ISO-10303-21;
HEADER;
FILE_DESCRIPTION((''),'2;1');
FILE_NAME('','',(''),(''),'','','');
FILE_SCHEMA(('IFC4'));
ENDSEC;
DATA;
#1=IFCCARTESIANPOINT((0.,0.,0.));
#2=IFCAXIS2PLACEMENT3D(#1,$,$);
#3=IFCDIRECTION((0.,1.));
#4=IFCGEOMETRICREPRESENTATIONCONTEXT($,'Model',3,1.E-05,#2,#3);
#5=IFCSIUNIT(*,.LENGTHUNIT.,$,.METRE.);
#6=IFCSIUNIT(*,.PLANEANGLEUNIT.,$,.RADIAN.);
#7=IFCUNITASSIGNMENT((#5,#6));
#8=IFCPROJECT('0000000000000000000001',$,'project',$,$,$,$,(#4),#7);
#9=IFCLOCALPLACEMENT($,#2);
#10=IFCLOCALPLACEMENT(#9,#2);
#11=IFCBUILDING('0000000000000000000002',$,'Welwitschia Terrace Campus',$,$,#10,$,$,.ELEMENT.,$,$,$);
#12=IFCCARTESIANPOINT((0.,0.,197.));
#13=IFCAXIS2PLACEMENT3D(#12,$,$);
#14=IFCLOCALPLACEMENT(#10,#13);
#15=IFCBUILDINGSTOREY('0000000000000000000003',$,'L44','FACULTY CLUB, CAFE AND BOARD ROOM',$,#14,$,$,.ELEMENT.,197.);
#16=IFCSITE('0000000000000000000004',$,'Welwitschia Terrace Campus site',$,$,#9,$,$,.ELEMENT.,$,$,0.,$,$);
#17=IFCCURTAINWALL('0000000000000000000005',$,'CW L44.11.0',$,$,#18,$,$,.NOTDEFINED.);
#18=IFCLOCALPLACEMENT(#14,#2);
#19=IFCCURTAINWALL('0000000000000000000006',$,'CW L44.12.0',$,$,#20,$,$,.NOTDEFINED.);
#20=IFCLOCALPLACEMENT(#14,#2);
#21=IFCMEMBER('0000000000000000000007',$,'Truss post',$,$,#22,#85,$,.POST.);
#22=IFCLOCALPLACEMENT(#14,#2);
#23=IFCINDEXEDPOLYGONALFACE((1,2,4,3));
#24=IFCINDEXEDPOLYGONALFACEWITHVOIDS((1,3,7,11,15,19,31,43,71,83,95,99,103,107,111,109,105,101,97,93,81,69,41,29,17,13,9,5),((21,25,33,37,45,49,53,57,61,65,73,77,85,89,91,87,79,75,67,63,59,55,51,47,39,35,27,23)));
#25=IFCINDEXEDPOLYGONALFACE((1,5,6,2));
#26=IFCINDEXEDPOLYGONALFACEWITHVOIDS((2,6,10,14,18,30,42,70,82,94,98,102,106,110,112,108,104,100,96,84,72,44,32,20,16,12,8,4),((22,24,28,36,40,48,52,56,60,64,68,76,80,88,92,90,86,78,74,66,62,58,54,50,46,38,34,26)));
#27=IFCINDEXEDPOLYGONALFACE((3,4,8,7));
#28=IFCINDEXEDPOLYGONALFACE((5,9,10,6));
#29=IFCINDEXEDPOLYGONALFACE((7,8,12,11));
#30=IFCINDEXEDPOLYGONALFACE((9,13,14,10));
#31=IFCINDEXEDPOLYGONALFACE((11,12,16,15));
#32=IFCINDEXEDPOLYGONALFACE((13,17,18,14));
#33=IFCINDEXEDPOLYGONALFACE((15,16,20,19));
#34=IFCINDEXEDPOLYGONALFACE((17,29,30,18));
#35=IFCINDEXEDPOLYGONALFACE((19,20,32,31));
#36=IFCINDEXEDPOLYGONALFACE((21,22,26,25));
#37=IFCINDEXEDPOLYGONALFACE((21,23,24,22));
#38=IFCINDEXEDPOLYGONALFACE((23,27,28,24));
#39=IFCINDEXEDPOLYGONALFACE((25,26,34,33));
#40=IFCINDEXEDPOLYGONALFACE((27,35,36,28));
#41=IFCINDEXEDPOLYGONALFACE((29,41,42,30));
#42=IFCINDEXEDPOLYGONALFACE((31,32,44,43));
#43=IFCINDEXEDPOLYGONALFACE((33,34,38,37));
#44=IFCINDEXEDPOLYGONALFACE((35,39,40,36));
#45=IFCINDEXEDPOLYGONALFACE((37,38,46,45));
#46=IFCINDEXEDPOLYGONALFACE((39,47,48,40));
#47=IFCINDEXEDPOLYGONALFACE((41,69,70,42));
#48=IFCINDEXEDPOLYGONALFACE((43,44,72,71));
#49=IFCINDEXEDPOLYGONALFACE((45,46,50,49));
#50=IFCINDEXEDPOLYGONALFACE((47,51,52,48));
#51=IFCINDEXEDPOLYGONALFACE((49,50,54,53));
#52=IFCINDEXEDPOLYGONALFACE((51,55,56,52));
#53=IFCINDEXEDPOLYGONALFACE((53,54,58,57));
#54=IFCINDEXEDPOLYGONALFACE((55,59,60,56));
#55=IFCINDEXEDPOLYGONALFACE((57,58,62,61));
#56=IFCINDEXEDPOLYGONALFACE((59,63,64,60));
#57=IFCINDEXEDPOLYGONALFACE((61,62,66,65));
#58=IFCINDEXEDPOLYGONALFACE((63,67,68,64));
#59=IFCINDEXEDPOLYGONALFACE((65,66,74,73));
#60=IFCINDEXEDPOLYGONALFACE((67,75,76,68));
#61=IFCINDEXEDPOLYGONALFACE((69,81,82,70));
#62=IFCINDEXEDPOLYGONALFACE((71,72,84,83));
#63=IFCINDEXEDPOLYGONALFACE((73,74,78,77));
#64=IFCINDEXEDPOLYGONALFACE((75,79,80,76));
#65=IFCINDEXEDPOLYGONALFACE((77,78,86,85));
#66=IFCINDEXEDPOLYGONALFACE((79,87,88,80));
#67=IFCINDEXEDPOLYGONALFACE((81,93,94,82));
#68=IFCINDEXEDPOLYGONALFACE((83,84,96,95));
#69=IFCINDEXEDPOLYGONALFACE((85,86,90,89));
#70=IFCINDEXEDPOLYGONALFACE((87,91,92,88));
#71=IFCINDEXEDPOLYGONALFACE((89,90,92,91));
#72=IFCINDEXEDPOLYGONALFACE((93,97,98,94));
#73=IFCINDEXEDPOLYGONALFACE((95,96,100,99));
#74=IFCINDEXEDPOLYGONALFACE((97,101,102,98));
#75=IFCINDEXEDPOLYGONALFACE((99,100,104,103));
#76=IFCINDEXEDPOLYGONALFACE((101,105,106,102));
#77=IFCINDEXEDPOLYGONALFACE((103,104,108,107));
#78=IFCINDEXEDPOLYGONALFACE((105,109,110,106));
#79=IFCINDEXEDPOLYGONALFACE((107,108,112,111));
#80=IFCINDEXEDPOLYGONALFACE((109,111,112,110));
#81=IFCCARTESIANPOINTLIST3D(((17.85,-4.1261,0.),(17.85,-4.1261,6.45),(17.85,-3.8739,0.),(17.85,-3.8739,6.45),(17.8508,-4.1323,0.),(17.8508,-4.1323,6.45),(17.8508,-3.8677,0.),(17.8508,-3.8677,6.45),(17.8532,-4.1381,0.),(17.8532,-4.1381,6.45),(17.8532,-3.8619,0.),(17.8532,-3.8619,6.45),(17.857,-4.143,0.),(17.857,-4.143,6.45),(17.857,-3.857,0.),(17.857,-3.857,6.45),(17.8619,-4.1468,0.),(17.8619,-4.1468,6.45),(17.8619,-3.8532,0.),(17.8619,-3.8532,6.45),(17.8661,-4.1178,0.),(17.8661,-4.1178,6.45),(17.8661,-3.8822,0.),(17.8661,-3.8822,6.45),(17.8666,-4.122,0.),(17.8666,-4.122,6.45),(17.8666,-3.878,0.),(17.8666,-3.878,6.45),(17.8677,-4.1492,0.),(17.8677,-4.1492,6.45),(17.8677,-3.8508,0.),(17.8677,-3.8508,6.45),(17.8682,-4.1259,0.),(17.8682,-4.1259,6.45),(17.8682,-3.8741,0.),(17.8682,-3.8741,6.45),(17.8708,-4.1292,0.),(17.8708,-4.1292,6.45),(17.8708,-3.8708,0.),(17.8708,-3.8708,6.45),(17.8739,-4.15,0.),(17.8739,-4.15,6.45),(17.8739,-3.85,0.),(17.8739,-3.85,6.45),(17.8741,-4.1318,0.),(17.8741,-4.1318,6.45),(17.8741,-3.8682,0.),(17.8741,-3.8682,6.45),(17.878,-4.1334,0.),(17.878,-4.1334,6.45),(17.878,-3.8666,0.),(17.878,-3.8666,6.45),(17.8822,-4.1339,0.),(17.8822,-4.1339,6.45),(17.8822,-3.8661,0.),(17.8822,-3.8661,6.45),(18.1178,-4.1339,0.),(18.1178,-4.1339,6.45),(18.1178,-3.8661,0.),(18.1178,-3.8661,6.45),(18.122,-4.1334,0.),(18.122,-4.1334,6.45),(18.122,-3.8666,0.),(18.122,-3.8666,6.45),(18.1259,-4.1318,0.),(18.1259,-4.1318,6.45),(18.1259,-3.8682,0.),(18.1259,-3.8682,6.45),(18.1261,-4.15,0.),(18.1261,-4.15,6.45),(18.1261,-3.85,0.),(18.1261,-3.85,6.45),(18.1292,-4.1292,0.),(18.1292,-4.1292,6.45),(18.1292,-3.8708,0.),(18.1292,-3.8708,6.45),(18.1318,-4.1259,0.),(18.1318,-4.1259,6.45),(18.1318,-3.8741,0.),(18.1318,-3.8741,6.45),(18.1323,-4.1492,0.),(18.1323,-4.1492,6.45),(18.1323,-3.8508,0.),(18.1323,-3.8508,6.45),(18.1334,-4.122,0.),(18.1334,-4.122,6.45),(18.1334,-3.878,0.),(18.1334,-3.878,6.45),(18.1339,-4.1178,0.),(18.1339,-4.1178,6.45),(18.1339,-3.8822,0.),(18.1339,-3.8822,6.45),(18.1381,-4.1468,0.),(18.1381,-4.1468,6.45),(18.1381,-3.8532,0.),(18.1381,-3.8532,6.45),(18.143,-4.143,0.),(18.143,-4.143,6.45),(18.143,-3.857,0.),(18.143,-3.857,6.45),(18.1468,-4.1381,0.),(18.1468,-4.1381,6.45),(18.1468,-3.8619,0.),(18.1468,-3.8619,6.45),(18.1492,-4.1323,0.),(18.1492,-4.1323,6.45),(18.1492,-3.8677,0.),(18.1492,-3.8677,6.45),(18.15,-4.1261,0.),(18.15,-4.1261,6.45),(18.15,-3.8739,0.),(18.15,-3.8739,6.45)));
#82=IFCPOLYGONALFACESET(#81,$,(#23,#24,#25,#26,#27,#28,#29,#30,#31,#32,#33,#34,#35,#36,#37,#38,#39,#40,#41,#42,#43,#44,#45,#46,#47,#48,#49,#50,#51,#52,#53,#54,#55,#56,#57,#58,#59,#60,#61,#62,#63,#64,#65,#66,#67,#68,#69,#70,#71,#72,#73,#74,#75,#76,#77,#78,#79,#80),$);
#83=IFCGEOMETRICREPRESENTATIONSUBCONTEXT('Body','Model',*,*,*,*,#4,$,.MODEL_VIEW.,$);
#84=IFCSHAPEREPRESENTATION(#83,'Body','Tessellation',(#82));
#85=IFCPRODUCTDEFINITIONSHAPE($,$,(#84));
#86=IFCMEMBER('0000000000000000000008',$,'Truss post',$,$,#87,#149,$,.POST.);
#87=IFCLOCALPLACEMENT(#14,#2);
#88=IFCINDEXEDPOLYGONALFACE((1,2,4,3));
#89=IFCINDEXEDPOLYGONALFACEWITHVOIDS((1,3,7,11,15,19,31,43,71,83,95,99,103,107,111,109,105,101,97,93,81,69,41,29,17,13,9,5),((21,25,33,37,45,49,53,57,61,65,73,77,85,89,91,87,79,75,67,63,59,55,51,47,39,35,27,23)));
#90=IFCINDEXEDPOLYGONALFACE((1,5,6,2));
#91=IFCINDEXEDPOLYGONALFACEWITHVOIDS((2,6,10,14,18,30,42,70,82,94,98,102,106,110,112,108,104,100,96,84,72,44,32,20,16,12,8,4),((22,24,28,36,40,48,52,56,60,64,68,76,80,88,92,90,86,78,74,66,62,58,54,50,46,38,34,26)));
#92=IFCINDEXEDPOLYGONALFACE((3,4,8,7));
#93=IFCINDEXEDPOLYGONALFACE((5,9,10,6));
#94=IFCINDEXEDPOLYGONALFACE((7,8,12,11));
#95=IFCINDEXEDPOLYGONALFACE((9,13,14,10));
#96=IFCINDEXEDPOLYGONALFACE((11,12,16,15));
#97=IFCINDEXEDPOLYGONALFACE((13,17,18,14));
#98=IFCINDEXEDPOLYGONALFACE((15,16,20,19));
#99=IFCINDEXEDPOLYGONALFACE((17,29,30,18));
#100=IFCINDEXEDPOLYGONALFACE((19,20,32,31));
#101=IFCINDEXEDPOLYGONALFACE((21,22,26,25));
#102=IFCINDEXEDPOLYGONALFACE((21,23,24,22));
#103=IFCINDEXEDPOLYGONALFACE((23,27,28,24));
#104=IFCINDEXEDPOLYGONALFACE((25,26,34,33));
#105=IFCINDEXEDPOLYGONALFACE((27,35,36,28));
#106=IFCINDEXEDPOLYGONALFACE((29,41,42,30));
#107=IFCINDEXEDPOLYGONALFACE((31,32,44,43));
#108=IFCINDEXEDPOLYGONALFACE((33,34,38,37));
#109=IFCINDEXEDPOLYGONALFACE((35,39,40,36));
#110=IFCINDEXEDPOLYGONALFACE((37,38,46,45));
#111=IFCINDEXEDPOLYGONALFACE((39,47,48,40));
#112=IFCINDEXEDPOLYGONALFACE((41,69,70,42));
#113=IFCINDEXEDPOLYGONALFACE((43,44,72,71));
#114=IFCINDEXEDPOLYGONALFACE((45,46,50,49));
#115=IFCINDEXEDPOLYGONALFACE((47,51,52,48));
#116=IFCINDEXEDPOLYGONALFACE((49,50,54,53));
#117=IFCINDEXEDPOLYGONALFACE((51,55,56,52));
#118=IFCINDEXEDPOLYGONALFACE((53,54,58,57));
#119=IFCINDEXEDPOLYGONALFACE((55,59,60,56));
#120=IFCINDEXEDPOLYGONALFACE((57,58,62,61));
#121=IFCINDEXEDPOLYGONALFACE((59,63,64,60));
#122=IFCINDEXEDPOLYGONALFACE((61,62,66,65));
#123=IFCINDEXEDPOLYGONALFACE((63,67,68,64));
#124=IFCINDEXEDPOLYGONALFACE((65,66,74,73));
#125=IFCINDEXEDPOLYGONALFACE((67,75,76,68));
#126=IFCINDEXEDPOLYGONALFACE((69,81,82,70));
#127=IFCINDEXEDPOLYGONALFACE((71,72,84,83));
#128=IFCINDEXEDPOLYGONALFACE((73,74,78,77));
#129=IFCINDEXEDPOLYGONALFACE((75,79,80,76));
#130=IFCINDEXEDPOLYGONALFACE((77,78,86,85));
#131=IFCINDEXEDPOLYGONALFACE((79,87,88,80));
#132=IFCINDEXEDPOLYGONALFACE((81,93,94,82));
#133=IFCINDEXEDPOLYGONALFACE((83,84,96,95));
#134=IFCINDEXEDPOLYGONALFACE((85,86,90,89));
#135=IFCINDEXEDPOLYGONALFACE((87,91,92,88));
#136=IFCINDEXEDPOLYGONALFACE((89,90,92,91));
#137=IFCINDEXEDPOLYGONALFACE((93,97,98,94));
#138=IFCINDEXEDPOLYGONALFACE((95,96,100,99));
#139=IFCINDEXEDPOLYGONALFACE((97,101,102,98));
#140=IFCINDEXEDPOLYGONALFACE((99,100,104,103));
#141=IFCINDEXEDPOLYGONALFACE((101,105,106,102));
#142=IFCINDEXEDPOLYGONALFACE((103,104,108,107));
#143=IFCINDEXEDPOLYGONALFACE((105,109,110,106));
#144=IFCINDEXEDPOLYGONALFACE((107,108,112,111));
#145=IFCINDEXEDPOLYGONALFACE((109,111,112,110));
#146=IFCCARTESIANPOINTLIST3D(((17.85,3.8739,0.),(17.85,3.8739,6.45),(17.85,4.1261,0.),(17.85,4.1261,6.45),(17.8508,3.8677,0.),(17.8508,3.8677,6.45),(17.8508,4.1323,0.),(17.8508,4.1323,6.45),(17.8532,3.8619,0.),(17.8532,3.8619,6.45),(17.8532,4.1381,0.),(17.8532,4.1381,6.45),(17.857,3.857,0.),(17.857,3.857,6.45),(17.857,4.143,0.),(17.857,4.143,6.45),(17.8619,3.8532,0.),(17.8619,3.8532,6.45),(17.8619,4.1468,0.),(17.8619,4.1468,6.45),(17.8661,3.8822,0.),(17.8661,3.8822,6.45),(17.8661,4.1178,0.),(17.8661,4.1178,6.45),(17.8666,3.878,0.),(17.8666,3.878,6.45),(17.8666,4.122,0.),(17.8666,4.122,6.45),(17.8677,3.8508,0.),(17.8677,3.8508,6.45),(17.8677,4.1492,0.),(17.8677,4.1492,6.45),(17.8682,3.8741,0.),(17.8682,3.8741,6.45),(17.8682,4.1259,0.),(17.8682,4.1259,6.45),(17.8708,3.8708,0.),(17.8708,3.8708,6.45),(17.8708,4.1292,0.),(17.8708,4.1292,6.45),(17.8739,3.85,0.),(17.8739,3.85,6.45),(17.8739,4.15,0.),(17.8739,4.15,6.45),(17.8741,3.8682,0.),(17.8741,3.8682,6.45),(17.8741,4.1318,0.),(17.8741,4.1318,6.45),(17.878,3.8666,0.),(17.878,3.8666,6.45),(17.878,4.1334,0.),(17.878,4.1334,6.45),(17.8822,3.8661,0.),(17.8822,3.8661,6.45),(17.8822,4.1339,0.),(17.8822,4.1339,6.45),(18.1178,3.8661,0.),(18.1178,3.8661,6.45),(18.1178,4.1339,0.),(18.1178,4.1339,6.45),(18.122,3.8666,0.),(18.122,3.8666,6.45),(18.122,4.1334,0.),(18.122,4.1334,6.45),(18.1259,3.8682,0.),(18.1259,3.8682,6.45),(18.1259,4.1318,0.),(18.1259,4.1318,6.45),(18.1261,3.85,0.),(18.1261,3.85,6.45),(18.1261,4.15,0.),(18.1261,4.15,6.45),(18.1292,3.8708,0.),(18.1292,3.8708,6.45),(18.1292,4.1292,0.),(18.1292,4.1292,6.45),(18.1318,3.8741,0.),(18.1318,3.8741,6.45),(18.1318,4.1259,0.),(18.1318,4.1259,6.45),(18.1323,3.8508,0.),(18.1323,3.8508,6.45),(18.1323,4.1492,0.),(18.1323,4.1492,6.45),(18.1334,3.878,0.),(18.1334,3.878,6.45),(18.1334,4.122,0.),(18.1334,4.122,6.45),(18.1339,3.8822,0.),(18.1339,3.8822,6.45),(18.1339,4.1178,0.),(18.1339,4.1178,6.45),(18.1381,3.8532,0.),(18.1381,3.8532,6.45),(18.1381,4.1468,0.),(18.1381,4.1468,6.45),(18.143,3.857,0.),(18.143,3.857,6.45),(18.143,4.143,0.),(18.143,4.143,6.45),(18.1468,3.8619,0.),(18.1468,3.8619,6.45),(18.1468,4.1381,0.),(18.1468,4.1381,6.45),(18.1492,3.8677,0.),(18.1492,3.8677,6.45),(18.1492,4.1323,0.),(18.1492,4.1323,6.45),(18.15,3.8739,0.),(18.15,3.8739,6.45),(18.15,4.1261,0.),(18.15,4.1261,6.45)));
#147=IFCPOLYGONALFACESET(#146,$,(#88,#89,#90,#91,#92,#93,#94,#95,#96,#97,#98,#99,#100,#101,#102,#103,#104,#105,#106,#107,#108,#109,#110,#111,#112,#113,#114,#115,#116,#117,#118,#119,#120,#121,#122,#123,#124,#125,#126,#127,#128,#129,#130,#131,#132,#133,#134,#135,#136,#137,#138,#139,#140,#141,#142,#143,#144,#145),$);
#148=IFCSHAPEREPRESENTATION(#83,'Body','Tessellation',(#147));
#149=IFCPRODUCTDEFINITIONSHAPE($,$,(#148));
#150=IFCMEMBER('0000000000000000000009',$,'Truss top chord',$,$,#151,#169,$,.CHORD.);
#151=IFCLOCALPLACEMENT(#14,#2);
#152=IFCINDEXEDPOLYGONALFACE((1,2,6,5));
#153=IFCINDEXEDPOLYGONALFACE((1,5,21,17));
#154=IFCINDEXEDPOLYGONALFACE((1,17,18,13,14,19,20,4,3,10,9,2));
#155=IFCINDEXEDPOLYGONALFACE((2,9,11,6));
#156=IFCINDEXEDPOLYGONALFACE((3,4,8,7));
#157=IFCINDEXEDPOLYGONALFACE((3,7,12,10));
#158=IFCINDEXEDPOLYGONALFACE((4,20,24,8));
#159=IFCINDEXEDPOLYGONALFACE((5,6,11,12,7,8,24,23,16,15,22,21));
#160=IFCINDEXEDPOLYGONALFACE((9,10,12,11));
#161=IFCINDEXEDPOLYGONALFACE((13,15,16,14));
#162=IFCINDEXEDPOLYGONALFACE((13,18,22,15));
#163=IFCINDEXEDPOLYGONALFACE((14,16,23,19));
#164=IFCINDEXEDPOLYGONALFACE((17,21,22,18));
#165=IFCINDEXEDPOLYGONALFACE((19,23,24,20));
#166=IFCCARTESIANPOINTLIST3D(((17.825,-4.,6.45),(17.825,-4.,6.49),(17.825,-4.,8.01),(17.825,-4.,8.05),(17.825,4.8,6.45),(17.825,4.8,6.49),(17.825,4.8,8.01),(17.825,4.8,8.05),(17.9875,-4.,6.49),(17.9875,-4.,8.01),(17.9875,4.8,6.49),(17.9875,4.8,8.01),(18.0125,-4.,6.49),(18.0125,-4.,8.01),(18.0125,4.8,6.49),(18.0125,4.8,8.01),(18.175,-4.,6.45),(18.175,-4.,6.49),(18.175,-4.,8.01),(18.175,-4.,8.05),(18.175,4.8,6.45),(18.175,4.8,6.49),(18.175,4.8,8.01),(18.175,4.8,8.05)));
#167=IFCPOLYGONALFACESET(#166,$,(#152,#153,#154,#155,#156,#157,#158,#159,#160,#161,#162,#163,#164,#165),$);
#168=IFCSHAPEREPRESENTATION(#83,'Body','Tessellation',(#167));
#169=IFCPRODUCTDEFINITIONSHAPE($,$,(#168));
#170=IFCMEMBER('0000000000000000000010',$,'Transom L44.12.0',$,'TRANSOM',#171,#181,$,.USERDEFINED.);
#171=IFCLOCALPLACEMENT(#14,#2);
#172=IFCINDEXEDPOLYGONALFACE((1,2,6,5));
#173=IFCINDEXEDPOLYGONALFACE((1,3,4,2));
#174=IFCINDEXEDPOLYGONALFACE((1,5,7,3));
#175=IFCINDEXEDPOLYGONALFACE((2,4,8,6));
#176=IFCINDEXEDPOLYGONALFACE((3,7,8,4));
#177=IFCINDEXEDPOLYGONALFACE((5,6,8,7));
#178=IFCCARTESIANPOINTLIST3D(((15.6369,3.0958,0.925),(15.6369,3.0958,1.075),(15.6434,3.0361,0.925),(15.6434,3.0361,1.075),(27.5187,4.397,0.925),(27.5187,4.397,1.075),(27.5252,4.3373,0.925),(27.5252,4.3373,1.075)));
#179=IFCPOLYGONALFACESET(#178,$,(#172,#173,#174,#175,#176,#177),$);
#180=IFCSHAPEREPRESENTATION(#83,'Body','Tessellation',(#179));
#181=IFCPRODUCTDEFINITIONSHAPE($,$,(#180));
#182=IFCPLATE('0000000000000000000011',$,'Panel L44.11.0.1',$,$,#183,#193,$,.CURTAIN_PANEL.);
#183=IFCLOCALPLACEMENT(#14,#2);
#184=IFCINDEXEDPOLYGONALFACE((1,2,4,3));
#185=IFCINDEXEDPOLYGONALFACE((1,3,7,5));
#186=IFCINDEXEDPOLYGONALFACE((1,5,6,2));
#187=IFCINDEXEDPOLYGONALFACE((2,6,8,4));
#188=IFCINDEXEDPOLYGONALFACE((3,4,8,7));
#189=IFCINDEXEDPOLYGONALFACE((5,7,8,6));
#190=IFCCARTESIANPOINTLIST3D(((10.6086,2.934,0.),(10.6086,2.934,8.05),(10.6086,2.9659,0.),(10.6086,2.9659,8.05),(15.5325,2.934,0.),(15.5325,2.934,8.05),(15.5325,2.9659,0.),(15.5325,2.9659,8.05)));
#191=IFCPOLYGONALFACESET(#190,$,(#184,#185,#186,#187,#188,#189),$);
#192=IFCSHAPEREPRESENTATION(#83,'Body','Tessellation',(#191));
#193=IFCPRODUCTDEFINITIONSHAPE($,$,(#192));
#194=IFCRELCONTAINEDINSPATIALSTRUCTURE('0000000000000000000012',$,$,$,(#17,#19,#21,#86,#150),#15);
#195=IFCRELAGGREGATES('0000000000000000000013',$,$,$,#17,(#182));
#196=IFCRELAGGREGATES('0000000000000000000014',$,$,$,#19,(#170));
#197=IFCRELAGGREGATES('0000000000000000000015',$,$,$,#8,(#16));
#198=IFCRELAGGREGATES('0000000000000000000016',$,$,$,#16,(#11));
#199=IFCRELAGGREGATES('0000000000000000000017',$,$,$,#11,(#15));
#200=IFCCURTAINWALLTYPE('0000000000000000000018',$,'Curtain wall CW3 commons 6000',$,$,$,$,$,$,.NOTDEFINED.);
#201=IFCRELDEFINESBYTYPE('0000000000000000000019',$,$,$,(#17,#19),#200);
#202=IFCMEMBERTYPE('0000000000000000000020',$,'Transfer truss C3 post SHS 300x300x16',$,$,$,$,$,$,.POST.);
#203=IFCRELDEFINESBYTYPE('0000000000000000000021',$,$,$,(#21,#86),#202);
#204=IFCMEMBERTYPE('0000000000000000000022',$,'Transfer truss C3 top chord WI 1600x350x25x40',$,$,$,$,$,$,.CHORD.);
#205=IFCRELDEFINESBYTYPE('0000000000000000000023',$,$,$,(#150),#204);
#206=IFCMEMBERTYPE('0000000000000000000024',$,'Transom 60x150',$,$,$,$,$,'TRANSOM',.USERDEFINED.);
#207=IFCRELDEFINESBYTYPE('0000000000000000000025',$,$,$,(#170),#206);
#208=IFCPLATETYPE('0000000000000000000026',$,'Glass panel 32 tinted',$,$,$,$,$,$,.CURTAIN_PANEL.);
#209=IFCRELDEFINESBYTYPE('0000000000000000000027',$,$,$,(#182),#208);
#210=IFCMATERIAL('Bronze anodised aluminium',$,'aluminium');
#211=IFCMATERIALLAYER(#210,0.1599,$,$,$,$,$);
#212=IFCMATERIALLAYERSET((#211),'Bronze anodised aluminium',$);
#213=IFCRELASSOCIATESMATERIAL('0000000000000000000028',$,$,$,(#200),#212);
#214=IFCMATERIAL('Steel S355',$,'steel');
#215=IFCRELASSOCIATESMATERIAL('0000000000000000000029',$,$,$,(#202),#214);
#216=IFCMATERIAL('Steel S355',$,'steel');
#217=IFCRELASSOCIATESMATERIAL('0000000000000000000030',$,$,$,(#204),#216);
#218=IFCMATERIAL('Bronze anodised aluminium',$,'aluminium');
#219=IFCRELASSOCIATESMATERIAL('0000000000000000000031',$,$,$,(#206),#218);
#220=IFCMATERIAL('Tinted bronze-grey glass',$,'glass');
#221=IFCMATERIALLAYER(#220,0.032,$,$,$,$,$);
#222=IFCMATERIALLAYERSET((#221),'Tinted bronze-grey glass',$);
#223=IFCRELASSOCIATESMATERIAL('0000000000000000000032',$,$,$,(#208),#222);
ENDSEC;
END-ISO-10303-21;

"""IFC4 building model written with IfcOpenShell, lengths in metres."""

from ifc_helpers import new_model, si_unit, direction, frame, origin, origin_2d, place, context, subcontext, project, spatial, rectangle, hollow_rectangle, i_section, extrude, material, layer, layer_set, material_profile, profile_set, type_object, element, aggregate, save


model = new_model("IFC4")

# Units and contexts
model_context = context("Model", 3, precision=1e-05, world=origin(), true_north=direction((0.0, 1.0)))
body_context = subcontext(model_context, "Body", "Model", "MODEL_VIEW")
ifc_project = project(units=[si_unit("LENGTHUNIT", "METRE"), si_unit("PLANEANGLEUNIT", "RADIAN")], contexts=[model_context])

# Site, building, storey
site_placement = place(None, origin())
site = spatial("IfcSite", under=ifc_project, at=site_placement, Name="Welwitschia Terrace Campus site", CompositionType="ELEMENT", RefElevation=0.0)
building_placement = place(site_placement, origin())
building = spatial("IfcBuilding", under=site, at=building_placement, Name="Welwitschia Terrace Campus", CompositionType="ELEMENT")
storey_placement = place(building_placement, frame((0.0, 0.0, 197.0)))
storey = spatial("IfcBuildingStorey", under=building, at=storey_placement, Name="L44", Description="FACULTY CLUB, CAFE AND BOARD ROOM", CompositionType="ELEMENT", Elevation=197.0)

# Curtain wall
ifc_material_1 = material(Name="Bronze anodised aluminium", Category="aluminium")
ifc_layer_1 = layer(ifc_material_1, 0.1599)
ifc_layer_set_1 = layer_set([ifc_layer_1], Name="Bronze anodised aluminium")
curtain_wall_type = type_object("IfcCurtainWallType", Name="Curtain wall CW3 commons 6000", PredefinedType="NOTDEFINED", material=ifc_layer_set_1)
curtain_wall_1_placement = place(storey_placement, origin())
curtain_wall_1 = element("IfcCurtainWall", 1, at=curtain_wall_1_placement, inside=storey, type_object=curtain_wall_type, Name="CW L44.11.0", PredefinedType="NOTDEFINED")

# Curtain wall
curtain_wall_2_placement = place(storey_placement, origin())
curtain_wall_2 = element("IfcCurtainWall", 2, at=curtain_wall_2_placement, inside=storey, type_object=curtain_wall_type, Name="CW L44.12.0", PredefinedType="NOTDEFINED")

# Members
ifc_material_2 = material(Name="Steel S355", Category="steel")
ifc_material_profile_1 = material_profile(ifc_material_2, hollow_rectangle(XDim=0.3, YDim=0.3, WallThickness=0.0161, InnerFilletRadius=0.0161, OuterFilletRadius=0.0239, at=origin_2d()))
ifc_profile_set_1 = profile_set([ifc_material_profile_1], Name="Steel S355")
member_type_1 = type_object("IfcMemberType", Name="Transfer truss C3 post SHS 300x300x16", PredefinedType="POST", material=ifc_profile_set_1)
for number, where, z_axis, x_axis, name in (
    (3, (18.0, -4.0, 0.0), (0.0, 0.0, 1.0), (1.0, 0.0, 0.0), "Truss post"),
    (4, (18.0, 4.0, 0.0), (0.0, 0.0, 1.0), (1.0, 0.0, 0.0), "Truss post"),
):
    element("IfcMember", number, at=place(storey_placement, frame(where, z_axis=z_axis, x_axis=x_axis)), inside=storey, type_object=member_type_1, Name=name, PredefinedType="POST", context=body_context, shape_type="SweptSolid", body=[
        extrude(hollow_rectangle(XDim=0.3, YDim=0.3, WallThickness=0.0161, InnerFilletRadius=0.0161, OuterFilletRadius=0.0239, at=origin_2d()), origin(), (0.0, 0.0, 1.0), 6.45),
    ])
ifc_material_3 = material(Name="Steel S355", Category="steel")
ifc_material_profile_2 = material_profile(ifc_material_3, i_section(OverallWidth=0.3501, OverallDepth=1.6001, WebThickness=0.0249, FlangeThickness=0.04, at=origin_2d()))
ifc_profile_set_2 = profile_set([ifc_material_profile_2], Name="Steel S355")
member_type_2 = type_object("IfcMemberType", Name="Transfer truss C3 top chord WI 1600x350x25x40", PredefinedType="CHORD", material=ifc_profile_set_2)
member_1_placement = place(storey_placement, frame((18.0, -4.0, 7.25), z_axis=(0.0, 1.0, 0.0), x_axis=(-1.0, 0.0, 0.0)))
element("IfcMember", 5, at=member_1_placement, inside=storey, type_object=member_type_2, Name="Truss top chord", PredefinedType="CHORD", context=body_context, shape_type="SweptSolid", body=[
    extrude(i_section(OverallWidth=0.3501, OverallDepth=1.6001, WebThickness=0.0249, FlangeThickness=0.04, at=origin_2d()), origin(), (0.0, 0.0, 1.0), 8.8),
])

# Member
ifc_material_4 = material(Name="Bronze anodised aluminium", Category="aluminium")
ifc_material_profile_3 = material_profile(ifc_material_4, rectangle(XDim=0.0601, YDim=0.1499, at=origin_2d()))
ifc_profile_set_3 = profile_set([ifc_material_profile_3], Name="Bronze anodised aluminium")
member_type_3 = type_object("IfcMemberType", Name="Transom 60x150", ElementType="TRANSOM", PredefinedType="USERDEFINED", material=ifc_profile_set_3)
member_2_placement = place(storey_placement, frame((15.6401, 3.0659, 1.0), z_axis=(0.994056, 0.108867, 0.0), x_axis=(-0.108867, 0.994056, 0.0)))
member_2 = element("IfcMember", 6, at=member_2_placement, type_object=member_type_3, Name="Transom L44.12.0", ObjectType="TRANSOM", PredefinedType="USERDEFINED", context=body_context, shape_type="SweptSolid", body=[
    extrude(rectangle(XDim=0.0601, YDim=0.1499, at=origin_2d()), origin(), (0.0, 0.0, 1.0), 11.9529),
])

# Plate
ifc_material_5 = material(Name="Tinted bronze-grey glass", Category="glass")
ifc_layer_2 = layer(ifc_material_5, 0.032)
ifc_layer_set_2 = layer_set([ifc_layer_2], Name="Tinted bronze-grey glass")
plate_type = type_object("IfcPlateType", Name="Glass panel 32 tinted", PredefinedType="CURTAIN_PANEL", material=ifc_layer_set_2)
plate_1_placement = place(storey_placement, frame((13.0706, 2.95, 0.0), z_axis=(0.0, 0.0, 1.0), x_axis=(1.0, 0.0, 0.0)))
plate_1 = element("IfcPlate", 7, at=plate_1_placement, type_object=plate_type, Name="Panel L44.11.0.1", PredefinedType="CURTAIN_PANEL", context=body_context, shape_type="SweptSolid", body=[
    extrude(rectangle(XDim=4.9238, YDim=0.032, at=origin_2d()), origin(), (0.0, 0.0, 1.0), 8.05),
])
aggregate(curtain_wall_1, [plate_1])
aggregate(curtain_wall_2, [member_2])

save(model, "model.ifc")
